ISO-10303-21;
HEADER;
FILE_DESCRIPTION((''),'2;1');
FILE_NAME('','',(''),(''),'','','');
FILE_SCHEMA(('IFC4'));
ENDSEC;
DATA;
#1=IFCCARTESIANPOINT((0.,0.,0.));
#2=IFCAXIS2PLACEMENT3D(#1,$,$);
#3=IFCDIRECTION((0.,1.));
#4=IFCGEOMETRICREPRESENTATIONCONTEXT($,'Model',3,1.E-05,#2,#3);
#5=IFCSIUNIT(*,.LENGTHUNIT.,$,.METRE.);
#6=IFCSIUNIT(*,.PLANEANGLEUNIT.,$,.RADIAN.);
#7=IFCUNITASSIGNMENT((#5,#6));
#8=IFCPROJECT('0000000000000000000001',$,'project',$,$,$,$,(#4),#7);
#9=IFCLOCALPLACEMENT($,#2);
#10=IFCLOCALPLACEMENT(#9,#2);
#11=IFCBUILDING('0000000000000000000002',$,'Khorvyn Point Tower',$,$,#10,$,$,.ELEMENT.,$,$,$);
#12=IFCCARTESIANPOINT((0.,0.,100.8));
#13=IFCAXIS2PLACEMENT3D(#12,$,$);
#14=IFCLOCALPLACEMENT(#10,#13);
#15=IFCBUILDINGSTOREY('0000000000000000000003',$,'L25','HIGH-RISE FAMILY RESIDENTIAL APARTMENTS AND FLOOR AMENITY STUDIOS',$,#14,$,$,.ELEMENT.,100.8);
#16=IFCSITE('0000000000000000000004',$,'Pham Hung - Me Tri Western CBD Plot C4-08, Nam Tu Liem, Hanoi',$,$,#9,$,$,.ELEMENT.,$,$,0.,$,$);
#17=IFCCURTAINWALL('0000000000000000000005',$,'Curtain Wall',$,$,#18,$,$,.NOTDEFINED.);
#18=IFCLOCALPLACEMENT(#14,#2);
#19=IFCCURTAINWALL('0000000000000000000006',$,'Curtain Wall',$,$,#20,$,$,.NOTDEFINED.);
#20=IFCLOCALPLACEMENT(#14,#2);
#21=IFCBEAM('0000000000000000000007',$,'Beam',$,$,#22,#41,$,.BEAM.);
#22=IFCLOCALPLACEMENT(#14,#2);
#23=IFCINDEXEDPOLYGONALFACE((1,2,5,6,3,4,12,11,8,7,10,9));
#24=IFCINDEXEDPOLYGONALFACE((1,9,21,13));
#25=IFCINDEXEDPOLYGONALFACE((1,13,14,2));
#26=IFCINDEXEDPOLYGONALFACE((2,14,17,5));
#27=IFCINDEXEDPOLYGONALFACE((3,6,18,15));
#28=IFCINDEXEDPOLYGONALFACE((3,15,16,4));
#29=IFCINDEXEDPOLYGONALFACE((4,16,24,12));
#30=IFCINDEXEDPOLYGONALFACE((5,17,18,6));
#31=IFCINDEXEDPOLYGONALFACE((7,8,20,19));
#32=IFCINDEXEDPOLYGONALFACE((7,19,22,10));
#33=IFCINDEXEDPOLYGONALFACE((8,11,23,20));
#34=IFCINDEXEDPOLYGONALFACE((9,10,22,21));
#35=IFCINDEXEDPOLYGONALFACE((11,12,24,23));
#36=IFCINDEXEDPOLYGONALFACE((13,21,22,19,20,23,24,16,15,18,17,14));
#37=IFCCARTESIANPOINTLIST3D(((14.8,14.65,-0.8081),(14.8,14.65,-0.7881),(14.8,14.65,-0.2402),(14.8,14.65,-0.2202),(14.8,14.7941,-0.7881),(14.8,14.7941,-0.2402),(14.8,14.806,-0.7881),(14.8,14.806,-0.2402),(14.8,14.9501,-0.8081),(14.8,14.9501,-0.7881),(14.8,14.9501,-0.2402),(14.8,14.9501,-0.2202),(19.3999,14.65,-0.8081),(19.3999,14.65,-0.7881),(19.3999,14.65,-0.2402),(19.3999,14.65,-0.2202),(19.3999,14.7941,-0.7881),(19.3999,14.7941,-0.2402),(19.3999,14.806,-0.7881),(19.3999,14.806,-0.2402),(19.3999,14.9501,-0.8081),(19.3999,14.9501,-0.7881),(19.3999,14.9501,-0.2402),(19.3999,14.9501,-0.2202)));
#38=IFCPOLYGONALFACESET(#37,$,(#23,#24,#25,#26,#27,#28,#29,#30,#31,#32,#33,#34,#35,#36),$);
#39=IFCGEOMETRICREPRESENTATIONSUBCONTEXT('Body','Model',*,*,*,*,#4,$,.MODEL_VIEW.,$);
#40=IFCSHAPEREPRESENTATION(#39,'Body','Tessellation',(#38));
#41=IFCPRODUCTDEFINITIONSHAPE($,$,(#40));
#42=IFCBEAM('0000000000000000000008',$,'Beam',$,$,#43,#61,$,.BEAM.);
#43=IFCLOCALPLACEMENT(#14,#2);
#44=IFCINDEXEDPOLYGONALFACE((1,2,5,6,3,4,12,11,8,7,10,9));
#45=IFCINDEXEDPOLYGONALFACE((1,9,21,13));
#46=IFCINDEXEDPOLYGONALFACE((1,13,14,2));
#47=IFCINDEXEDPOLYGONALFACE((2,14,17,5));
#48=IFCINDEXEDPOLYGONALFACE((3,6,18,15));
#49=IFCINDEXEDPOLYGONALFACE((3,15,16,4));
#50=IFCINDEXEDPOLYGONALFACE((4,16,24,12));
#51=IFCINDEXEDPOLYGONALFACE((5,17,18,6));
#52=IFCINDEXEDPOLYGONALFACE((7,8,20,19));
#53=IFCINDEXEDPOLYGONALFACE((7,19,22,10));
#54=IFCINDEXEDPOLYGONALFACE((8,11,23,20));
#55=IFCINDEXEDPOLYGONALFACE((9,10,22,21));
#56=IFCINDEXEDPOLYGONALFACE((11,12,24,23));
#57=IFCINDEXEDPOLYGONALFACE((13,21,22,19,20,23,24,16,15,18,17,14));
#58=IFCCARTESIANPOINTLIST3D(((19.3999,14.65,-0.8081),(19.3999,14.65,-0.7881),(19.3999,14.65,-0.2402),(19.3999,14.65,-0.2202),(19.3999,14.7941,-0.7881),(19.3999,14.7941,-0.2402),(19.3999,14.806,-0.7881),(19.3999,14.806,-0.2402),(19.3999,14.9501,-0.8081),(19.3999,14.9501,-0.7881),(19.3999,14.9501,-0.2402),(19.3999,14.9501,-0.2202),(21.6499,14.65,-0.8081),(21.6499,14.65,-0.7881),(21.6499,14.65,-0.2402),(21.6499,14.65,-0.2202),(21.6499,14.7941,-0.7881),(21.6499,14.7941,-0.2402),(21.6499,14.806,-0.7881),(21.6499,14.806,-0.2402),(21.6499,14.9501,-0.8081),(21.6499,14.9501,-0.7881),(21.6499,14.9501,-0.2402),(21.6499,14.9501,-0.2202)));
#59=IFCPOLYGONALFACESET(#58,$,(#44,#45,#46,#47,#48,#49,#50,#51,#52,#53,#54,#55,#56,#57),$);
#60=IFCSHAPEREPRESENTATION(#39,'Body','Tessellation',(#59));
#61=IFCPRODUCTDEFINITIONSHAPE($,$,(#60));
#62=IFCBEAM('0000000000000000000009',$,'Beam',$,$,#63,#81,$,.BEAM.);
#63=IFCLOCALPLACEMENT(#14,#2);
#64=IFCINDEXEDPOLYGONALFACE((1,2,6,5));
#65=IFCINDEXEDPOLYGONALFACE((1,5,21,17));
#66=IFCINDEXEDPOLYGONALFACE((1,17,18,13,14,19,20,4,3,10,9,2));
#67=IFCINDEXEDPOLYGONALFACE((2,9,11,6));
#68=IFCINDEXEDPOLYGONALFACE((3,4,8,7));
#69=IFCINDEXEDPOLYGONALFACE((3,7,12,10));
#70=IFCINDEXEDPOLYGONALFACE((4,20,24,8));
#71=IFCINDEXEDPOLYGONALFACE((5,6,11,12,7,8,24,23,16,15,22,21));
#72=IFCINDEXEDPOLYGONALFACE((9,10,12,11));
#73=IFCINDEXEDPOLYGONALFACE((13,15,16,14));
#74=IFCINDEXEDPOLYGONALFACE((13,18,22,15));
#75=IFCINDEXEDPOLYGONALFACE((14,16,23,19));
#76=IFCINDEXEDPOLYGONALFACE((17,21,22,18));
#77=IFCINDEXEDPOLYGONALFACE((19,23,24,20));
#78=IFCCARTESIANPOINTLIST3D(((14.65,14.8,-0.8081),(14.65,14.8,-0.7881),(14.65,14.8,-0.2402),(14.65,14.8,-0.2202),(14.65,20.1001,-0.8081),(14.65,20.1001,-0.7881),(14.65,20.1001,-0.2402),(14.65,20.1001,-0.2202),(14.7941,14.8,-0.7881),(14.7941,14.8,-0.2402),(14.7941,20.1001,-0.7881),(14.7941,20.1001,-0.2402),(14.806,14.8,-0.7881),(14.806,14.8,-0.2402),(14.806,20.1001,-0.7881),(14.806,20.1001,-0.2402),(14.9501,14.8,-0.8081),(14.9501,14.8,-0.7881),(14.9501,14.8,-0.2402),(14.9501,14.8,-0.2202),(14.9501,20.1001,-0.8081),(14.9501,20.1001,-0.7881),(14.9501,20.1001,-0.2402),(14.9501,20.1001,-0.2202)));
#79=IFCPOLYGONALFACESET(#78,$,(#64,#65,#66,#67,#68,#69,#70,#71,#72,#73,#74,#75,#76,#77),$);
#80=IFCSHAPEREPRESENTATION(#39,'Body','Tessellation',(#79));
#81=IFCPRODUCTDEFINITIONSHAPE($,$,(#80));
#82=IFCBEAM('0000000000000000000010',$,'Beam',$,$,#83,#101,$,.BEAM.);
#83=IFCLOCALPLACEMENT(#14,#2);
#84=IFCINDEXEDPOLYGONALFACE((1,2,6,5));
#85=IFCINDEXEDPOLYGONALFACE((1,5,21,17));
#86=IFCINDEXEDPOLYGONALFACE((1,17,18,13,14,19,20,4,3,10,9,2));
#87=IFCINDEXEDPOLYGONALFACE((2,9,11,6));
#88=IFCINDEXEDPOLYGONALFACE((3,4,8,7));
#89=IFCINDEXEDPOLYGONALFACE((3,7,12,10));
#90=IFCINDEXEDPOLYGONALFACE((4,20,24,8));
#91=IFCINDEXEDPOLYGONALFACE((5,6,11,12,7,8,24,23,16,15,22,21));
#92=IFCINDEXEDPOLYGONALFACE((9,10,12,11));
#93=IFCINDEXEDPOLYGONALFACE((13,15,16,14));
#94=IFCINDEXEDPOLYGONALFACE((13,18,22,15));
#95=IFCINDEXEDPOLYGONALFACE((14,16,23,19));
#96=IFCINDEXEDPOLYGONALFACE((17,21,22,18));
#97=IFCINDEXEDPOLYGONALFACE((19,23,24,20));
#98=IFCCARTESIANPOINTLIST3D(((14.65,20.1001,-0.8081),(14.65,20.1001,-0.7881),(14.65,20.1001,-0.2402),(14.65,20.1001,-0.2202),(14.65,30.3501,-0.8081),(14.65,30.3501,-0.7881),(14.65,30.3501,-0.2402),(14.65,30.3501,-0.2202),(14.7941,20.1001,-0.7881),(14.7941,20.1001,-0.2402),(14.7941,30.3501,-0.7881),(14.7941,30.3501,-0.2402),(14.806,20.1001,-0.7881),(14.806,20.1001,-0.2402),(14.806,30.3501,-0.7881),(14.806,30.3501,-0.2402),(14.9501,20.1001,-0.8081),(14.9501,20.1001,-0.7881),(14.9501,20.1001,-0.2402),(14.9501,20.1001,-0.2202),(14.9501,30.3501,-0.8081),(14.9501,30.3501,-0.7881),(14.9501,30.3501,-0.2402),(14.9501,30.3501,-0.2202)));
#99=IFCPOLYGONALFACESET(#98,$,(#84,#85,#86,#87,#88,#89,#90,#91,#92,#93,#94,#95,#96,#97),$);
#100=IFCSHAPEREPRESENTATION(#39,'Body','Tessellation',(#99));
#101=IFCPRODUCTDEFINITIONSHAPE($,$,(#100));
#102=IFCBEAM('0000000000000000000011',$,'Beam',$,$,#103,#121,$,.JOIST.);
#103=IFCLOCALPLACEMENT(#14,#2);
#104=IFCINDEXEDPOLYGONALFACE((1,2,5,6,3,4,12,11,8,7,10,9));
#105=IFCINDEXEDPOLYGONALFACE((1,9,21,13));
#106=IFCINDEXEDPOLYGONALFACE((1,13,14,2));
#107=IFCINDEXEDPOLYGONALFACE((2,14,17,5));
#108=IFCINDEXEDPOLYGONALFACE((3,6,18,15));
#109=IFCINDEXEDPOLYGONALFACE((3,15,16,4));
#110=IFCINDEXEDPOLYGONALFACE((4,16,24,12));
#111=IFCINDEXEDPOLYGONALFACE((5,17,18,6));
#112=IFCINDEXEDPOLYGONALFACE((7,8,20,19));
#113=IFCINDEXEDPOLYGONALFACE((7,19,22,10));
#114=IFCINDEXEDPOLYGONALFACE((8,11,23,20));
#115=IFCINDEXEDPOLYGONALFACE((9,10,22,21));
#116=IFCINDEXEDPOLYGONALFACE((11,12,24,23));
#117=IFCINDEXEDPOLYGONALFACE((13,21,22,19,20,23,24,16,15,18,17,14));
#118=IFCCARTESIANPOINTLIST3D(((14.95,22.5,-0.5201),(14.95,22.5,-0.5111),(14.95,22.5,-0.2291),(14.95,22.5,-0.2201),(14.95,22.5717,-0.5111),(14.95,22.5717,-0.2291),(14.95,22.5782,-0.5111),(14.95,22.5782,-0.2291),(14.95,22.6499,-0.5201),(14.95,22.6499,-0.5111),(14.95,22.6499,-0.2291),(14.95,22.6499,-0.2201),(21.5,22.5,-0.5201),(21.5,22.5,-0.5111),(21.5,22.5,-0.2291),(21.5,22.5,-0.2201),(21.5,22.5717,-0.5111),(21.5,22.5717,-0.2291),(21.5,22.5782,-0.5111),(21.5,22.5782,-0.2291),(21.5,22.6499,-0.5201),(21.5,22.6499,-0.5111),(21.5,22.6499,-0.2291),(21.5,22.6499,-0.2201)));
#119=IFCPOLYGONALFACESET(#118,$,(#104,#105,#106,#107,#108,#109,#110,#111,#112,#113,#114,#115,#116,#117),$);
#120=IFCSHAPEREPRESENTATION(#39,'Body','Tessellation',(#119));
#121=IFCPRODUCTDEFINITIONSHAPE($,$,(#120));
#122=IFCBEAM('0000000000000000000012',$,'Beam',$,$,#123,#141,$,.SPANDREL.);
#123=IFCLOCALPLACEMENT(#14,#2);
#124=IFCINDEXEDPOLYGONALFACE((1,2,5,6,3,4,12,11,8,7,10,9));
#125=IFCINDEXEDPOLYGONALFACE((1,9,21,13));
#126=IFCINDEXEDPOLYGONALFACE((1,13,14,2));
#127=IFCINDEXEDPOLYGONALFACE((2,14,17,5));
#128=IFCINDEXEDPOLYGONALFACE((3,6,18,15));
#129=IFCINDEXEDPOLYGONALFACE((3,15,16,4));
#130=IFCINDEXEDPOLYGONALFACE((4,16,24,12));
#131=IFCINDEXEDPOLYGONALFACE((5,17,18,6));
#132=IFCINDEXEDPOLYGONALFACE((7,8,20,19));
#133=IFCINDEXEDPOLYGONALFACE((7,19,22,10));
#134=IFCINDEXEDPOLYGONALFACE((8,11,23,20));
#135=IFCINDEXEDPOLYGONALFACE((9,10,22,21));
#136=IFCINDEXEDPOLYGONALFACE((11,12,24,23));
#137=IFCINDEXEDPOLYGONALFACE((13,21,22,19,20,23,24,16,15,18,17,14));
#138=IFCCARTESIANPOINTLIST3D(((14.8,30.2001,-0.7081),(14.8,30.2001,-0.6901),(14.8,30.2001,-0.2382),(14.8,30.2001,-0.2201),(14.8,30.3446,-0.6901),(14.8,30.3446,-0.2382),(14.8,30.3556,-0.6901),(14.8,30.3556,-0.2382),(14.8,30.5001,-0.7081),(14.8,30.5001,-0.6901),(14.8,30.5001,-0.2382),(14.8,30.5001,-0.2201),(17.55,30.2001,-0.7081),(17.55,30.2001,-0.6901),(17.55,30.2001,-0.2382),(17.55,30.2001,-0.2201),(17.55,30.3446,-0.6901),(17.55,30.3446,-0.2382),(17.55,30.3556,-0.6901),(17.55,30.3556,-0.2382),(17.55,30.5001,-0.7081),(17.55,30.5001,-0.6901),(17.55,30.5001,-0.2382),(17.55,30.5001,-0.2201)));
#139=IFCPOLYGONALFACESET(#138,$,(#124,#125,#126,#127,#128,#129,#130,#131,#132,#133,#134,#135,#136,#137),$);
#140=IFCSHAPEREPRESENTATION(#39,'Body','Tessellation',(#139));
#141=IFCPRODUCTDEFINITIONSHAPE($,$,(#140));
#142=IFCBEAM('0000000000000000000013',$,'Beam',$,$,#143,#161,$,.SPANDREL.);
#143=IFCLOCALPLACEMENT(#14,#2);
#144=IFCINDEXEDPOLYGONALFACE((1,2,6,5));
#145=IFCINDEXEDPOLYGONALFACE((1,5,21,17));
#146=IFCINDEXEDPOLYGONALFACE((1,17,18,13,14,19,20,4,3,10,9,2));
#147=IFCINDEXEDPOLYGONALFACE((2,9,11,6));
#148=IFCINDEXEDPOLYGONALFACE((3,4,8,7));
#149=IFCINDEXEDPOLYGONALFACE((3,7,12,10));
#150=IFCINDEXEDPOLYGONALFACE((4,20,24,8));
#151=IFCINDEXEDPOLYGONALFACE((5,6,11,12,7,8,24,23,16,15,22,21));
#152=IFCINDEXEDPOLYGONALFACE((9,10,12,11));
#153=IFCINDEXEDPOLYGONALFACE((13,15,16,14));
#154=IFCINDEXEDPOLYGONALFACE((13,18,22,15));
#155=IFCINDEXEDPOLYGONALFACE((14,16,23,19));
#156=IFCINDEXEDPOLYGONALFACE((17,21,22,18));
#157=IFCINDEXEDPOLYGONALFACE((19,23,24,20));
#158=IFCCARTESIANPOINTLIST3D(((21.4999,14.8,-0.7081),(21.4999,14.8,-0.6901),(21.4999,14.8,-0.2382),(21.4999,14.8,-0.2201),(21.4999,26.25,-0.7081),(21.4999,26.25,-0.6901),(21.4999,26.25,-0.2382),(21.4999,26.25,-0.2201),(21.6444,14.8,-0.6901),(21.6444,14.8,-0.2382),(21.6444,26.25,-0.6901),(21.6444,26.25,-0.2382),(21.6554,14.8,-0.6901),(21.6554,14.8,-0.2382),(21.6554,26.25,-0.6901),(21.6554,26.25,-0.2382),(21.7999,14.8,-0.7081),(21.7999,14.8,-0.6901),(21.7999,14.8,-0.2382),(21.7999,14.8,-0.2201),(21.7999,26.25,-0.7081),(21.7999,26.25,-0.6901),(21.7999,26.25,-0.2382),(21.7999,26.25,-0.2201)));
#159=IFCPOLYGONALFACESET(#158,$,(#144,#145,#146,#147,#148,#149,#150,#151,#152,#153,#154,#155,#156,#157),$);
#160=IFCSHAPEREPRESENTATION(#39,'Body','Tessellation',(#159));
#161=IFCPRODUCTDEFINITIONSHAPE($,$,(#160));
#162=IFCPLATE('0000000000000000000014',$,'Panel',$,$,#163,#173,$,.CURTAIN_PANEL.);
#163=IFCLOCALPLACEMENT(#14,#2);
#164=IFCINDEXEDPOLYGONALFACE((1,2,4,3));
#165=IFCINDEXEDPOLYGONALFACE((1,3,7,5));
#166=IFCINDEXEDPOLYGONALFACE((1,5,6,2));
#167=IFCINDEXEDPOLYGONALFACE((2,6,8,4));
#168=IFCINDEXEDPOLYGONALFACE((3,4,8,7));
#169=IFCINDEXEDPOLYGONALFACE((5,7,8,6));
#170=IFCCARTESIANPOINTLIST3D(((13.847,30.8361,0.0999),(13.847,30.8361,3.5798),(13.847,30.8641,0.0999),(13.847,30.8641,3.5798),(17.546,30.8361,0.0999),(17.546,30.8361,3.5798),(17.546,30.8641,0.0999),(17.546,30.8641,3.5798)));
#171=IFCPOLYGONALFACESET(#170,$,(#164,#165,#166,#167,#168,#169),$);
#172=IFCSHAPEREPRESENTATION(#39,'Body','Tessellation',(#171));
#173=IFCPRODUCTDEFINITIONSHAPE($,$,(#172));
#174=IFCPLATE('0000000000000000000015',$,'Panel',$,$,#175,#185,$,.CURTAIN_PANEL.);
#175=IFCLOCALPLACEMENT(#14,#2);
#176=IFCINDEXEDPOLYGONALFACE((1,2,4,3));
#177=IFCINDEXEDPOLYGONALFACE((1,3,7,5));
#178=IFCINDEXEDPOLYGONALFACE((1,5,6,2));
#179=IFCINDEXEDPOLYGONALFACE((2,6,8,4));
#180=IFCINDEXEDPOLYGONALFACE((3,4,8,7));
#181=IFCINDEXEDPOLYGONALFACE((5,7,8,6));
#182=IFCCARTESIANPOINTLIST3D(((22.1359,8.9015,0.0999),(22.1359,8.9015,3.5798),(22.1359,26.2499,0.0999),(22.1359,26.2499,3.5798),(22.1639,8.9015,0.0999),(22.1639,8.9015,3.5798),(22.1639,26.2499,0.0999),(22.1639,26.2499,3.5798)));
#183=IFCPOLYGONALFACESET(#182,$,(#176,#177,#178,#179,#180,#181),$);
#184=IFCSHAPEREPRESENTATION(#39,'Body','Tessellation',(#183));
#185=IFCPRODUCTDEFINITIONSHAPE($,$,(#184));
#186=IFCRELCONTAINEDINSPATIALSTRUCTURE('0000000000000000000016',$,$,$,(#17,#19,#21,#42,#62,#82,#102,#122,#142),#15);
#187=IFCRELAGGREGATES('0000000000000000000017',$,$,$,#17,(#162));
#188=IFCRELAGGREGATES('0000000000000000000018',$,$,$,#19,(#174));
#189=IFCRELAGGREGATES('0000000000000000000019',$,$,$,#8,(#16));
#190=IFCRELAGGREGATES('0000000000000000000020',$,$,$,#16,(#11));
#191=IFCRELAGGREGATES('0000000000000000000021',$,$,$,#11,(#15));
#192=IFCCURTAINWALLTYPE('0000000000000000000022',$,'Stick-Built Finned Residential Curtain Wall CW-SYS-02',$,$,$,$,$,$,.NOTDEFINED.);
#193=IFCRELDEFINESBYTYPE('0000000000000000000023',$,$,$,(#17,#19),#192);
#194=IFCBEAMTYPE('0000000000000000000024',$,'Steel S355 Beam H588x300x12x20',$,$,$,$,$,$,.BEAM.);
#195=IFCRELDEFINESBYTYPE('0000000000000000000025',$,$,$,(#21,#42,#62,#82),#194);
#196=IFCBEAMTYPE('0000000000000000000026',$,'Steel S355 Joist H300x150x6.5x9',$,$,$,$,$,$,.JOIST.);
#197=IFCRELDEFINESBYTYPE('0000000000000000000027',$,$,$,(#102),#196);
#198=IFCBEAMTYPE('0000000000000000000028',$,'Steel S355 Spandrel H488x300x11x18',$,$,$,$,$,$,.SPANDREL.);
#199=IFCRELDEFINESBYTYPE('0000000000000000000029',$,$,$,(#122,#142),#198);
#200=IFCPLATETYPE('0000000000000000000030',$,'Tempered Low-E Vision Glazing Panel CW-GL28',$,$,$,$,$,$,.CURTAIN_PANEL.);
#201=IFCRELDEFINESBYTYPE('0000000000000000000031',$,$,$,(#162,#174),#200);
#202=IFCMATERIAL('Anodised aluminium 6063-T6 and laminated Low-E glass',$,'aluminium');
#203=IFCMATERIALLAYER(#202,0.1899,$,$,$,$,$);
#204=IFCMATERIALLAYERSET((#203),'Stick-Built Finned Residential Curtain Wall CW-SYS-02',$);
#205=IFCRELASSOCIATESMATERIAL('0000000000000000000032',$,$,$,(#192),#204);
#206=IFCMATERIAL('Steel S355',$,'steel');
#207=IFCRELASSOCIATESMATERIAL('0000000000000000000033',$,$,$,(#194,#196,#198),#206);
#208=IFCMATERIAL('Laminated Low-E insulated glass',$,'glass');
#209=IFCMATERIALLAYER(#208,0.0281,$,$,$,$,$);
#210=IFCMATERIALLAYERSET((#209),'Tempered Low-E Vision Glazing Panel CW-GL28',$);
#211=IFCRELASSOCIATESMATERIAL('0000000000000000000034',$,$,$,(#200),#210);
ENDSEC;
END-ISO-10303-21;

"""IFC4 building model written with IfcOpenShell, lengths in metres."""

from ifc_helpers import new_model, si_unit, direction, frame, origin, origin_2d, place, context, subcontext, project, spatial, rectangle, i_section, extrude, material, layer, layer_set, material_profile, profile_set, type_object, element, aggregate, save


model = new_model("IFC4")

# Units and contexts
model_context = context("Model", 3, precision=1e-05, world=origin(), true_north=direction((0.0, 1.0)))
body_context = subcontext(model_context, "Body", "Model", "MODEL_VIEW")
ifc_project = project(units=[si_unit("LENGTHUNIT", "METRE"), si_unit("PLANEANGLEUNIT", "RADIAN")], contexts=[model_context])

# Site, building, storey
site_placement = place(None, origin())
site = spatial("IfcSite", under=ifc_project, at=site_placement, Name="Pham Hung - Me Tri Western CBD Plot C4-08, Nam Tu Liem, Hanoi", CompositionType="ELEMENT", RefElevation=0.0)
building_placement = place(site_placement, origin())
building = spatial("IfcBuilding", under=site, at=building_placement, Name="Khorvyn Point Tower", CompositionType="ELEMENT")
storey_placement = place(building_placement, frame((0.0, 0.0, 100.8)))
storey = spatial("IfcBuildingStorey", under=building, at=storey_placement, Name="L25", Description="HIGH-RISE FAMILY RESIDENTIAL APARTMENTS AND FLOOR AMENITY STUDIOS", CompositionType="ELEMENT", Elevation=100.8)

# Curtain wall
ifc_material_1 = material(Name="Anodised aluminium 6063-T6 and laminated Low-E glass", Category="aluminium")
ifc_layer_1 = layer(ifc_material_1, 0.1899)
ifc_layer_set_1 = layer_set([ifc_layer_1], Name="Stick-Built Finned Residential Curtain Wall CW-SYS-02")
curtain_wall_type = type_object("IfcCurtainWallType", Name="Stick-Built Finned Residential Curtain Wall CW-SYS-02", PredefinedType="NOTDEFINED", material=ifc_layer_set_1)
curtain_wall_1_placement = place(storey_placement, origin())
curtain_wall_1 = element("IfcCurtainWall", 1, at=curtain_wall_1_placement, inside=storey, type_object=curtain_wall_type, Name="Curtain Wall", PredefinedType="NOTDEFINED")

# Curtain wall
curtain_wall_2_placement = place(storey_placement, origin())
curtain_wall_2 = element("IfcCurtainWall", 2, at=curtain_wall_2_placement, inside=storey, type_object=curtain_wall_type, Name="Curtain Wall", PredefinedType="NOTDEFINED")

# Beams
ifc_material_2 = material(Name="Steel S355", Category="steel")
ifc_material_profile_1 = material_profile(ifc_material_2, i_section(OverallWidth=0.3, OverallDepth=0.5879, WebThickness=0.012, FlangeThickness=0.02, at=origin_2d()))
ifc_profile_set_1 = profile_set([ifc_material_profile_1], Name="Steel S355 H588x300x12x20")
beam_type_1 = type_object("IfcBeamType", Name="Steel S355 Beam H588x300x12x20", PredefinedType="BEAM", material=ifc_profile_set_1)
beam_1_placement = place(storey_placement, frame((14.8, 14.8, -0.5142), z_axis=(1.0, 0.0, 0.0), x_axis=(0.0, 1.0, 0.0)))
element("IfcBeam", 3, at=beam_1_placement, inside=storey, type_object=beam_type_1, Name="Beam", PredefinedType="BEAM", context=body_context, shape_type="SweptSolid", body=[
    extrude(i_section(OverallWidth=0.3, OverallDepth=0.5879, WebThickness=0.012, FlangeThickness=0.02, at=origin_2d()), origin(), (0.0, 0.0, 1.0), 4.5999),
])
beam_2_placement = place(storey_placement, frame((19.3999, 14.8, -0.5142), z_axis=(1.0, 0.0, 0.0), x_axis=(0.0, 1.0, 0.0)))
element("IfcBeam", 4, at=beam_2_placement, inside=storey, type_object=beam_type_1, Name="Beam", PredefinedType="BEAM", context=body_context, shape_type="SweptSolid", body=[
    extrude(i_section(OverallWidth=0.3, OverallDepth=0.5879, WebThickness=0.012, FlangeThickness=0.02, at=origin_2d()), origin(), (0.0, 0.0, 1.0), 2.25),
])
beam_3_placement = place(storey_placement, frame((14.8, 14.8, -0.5142), z_axis=(0.0, 1.0, 0.0), x_axis=(-1.0, 0.0, 0.0)))
element("IfcBeam", 5, at=beam_3_placement, inside=storey, type_object=beam_type_1, Name="Beam", PredefinedType="BEAM", context=body_context, shape_type="SweptSolid", body=[
    extrude(i_section(OverallWidth=0.3, OverallDepth=0.5879, WebThickness=0.012, FlangeThickness=0.02, at=origin_2d()), origin(), (0.0, 0.0, 1.0), 5.3),
])
beam_4_placement = place(storey_placement, frame((14.8, 20.1001, -0.5142), z_axis=(0.0, 1.0, 0.0), x_axis=(-1.0, 0.0, 0.0)))
element("IfcBeam", 6, at=beam_4_placement, inside=storey, type_object=beam_type_1, Name="Beam", PredefinedType="BEAM", context=body_context, shape_type="SweptSolid", body=[
    extrude(i_section(OverallWidth=0.3, OverallDepth=0.5879, WebThickness=0.012, FlangeThickness=0.02, at=origin_2d()), origin(), (0.0, 0.0, 1.0), 10.25),
])
ifc_material_profile_2 = material_profile(ifc_material_2, i_section(OverallWidth=0.1499, OverallDepth=0.3, WebThickness=0.0066, FlangeThickness=0.009, at=origin_2d()))
ifc_profile_set_2 = profile_set([ifc_material_profile_2], Name="Steel S355 H300x150x6.5x9")
beam_type_2 = type_object("IfcBeamType", Name="Steel S355 Joist H300x150x6.5x9", PredefinedType="JOIST", material=ifc_profile_set_2)
beam_5_placement = place(storey_placement, frame((14.95, 22.575, -0.3701), z_axis=(1.0, 0.0, 0.0), x_axis=(0.0, 1.0, 0.0)))
element("IfcBeam", 7, at=beam_5_placement, inside=storey, type_object=beam_type_2, Name="Beam", PredefinedType="JOIST", context=body_context, shape_type="SweptSolid", body=[
    extrude(i_section(OverallWidth=0.1499, OverallDepth=0.3, WebThickness=0.0066, FlangeThickness=0.009, at=origin_2d()), origin(), (0.0, 0.0, 1.0), 6.55),
])
ifc_material_profile_3 = material_profile(ifc_material_2, i_section(OverallWidth=0.3, OverallDepth=0.488, WebThickness=0.011, FlangeThickness=0.0181, at=origin_2d()))
ifc_profile_set_3 = profile_set([ifc_material_profile_3], Name="Steel S355 H488x300x11x18")
beam_type_3 = type_object("IfcBeamType", Name="Steel S355 Spandrel H488x300x11x18", PredefinedType="SPANDREL", material=ifc_profile_set_3)
beam_6_placement = place(storey_placement, frame((14.8, 30.3501, -0.4641), z_axis=(1.0, 0.0, 0.0), x_axis=(0.0, 1.0, 0.0)))
element("IfcBeam", 8, at=beam_6_placement, inside=storey, type_object=beam_type_3, Name="Beam", PredefinedType="SPANDREL", context=body_context, shape_type="SweptSolid", body=[
    extrude(i_section(OverallWidth=0.3, OverallDepth=0.488, WebThickness=0.011, FlangeThickness=0.0181, at=origin_2d()), origin(), (0.0, 0.0, 1.0), 2.75),
])
beam_7_placement = place(storey_placement, frame((21.6499, 14.8, -0.4641), z_axis=(0.0, 1.0, 0.0), x_axis=(-1.0, 0.0, 0.0)))
element("IfcBeam", 9, at=beam_7_placement, inside=storey, type_object=beam_type_3, Name="Beam", PredefinedType="SPANDREL", context=body_context, shape_type="SweptSolid", body=[
    extrude(i_section(OverallWidth=0.3, OverallDepth=0.488, WebThickness=0.011, FlangeThickness=0.0181, at=origin_2d()), origin(), (0.0, 0.0, 1.0), 11.45),
])

# Plates
ifc_material_3 = material(Name="Laminated Low-E insulated glass", Category="glass")
ifc_layer_2 = layer(ifc_material_3, 0.0281)
ifc_layer_set_2 = layer_set([ifc_layer_2], Name="Tempered Low-E Vision Glazing Panel CW-GL28")
plate_type = type_object("IfcPlateType", Name="Tempered Low-E Vision Glazing Panel CW-GL28", PredefinedType="CURTAIN_PANEL", material=ifc_layer_set_2)
plate_1_placement = place(storey_placement, frame((15.6965, 30.8501, 0.0999), z_axis=(0.0, 0.0, 1.0), x_axis=(1.0, 0.0, 0.0)))
plate_1 = element("IfcPlate", 10, at=plate_1_placement, type_object=plate_type, Name="Panel", PredefinedType="CURTAIN_PANEL", context=body_context, shape_type="SweptSolid", body=[
    extrude(rectangle(XDim=3.699, YDim=0.0281, at=origin_2d()), origin(), (0.0, 0.0, 1.0), 3.48),
])
aggregate(curtain_wall_1, [plate_1])
plate_2_placement = place(storey_placement, frame((22.1499, 17.5757, 0.0999), z_axis=(0.0, 0.0, 1.0), x_axis=(0.0, -1.0, 0.0)))
plate_2 = element("IfcPlate", 11, at=plate_2_placement, type_object=plate_type, Name="Panel", PredefinedType="CURTAIN_PANEL", context=body_context, shape_type="SweptSolid", body=[
    extrude(rectangle(XDim=17.3484, YDim=0.0281, at=origin_2d()), origin(), (0.0, 0.0, 1.0), 3.48),
])
aggregate(curtain_wall_2, [plate_2])

save(model, "model.ifc")
